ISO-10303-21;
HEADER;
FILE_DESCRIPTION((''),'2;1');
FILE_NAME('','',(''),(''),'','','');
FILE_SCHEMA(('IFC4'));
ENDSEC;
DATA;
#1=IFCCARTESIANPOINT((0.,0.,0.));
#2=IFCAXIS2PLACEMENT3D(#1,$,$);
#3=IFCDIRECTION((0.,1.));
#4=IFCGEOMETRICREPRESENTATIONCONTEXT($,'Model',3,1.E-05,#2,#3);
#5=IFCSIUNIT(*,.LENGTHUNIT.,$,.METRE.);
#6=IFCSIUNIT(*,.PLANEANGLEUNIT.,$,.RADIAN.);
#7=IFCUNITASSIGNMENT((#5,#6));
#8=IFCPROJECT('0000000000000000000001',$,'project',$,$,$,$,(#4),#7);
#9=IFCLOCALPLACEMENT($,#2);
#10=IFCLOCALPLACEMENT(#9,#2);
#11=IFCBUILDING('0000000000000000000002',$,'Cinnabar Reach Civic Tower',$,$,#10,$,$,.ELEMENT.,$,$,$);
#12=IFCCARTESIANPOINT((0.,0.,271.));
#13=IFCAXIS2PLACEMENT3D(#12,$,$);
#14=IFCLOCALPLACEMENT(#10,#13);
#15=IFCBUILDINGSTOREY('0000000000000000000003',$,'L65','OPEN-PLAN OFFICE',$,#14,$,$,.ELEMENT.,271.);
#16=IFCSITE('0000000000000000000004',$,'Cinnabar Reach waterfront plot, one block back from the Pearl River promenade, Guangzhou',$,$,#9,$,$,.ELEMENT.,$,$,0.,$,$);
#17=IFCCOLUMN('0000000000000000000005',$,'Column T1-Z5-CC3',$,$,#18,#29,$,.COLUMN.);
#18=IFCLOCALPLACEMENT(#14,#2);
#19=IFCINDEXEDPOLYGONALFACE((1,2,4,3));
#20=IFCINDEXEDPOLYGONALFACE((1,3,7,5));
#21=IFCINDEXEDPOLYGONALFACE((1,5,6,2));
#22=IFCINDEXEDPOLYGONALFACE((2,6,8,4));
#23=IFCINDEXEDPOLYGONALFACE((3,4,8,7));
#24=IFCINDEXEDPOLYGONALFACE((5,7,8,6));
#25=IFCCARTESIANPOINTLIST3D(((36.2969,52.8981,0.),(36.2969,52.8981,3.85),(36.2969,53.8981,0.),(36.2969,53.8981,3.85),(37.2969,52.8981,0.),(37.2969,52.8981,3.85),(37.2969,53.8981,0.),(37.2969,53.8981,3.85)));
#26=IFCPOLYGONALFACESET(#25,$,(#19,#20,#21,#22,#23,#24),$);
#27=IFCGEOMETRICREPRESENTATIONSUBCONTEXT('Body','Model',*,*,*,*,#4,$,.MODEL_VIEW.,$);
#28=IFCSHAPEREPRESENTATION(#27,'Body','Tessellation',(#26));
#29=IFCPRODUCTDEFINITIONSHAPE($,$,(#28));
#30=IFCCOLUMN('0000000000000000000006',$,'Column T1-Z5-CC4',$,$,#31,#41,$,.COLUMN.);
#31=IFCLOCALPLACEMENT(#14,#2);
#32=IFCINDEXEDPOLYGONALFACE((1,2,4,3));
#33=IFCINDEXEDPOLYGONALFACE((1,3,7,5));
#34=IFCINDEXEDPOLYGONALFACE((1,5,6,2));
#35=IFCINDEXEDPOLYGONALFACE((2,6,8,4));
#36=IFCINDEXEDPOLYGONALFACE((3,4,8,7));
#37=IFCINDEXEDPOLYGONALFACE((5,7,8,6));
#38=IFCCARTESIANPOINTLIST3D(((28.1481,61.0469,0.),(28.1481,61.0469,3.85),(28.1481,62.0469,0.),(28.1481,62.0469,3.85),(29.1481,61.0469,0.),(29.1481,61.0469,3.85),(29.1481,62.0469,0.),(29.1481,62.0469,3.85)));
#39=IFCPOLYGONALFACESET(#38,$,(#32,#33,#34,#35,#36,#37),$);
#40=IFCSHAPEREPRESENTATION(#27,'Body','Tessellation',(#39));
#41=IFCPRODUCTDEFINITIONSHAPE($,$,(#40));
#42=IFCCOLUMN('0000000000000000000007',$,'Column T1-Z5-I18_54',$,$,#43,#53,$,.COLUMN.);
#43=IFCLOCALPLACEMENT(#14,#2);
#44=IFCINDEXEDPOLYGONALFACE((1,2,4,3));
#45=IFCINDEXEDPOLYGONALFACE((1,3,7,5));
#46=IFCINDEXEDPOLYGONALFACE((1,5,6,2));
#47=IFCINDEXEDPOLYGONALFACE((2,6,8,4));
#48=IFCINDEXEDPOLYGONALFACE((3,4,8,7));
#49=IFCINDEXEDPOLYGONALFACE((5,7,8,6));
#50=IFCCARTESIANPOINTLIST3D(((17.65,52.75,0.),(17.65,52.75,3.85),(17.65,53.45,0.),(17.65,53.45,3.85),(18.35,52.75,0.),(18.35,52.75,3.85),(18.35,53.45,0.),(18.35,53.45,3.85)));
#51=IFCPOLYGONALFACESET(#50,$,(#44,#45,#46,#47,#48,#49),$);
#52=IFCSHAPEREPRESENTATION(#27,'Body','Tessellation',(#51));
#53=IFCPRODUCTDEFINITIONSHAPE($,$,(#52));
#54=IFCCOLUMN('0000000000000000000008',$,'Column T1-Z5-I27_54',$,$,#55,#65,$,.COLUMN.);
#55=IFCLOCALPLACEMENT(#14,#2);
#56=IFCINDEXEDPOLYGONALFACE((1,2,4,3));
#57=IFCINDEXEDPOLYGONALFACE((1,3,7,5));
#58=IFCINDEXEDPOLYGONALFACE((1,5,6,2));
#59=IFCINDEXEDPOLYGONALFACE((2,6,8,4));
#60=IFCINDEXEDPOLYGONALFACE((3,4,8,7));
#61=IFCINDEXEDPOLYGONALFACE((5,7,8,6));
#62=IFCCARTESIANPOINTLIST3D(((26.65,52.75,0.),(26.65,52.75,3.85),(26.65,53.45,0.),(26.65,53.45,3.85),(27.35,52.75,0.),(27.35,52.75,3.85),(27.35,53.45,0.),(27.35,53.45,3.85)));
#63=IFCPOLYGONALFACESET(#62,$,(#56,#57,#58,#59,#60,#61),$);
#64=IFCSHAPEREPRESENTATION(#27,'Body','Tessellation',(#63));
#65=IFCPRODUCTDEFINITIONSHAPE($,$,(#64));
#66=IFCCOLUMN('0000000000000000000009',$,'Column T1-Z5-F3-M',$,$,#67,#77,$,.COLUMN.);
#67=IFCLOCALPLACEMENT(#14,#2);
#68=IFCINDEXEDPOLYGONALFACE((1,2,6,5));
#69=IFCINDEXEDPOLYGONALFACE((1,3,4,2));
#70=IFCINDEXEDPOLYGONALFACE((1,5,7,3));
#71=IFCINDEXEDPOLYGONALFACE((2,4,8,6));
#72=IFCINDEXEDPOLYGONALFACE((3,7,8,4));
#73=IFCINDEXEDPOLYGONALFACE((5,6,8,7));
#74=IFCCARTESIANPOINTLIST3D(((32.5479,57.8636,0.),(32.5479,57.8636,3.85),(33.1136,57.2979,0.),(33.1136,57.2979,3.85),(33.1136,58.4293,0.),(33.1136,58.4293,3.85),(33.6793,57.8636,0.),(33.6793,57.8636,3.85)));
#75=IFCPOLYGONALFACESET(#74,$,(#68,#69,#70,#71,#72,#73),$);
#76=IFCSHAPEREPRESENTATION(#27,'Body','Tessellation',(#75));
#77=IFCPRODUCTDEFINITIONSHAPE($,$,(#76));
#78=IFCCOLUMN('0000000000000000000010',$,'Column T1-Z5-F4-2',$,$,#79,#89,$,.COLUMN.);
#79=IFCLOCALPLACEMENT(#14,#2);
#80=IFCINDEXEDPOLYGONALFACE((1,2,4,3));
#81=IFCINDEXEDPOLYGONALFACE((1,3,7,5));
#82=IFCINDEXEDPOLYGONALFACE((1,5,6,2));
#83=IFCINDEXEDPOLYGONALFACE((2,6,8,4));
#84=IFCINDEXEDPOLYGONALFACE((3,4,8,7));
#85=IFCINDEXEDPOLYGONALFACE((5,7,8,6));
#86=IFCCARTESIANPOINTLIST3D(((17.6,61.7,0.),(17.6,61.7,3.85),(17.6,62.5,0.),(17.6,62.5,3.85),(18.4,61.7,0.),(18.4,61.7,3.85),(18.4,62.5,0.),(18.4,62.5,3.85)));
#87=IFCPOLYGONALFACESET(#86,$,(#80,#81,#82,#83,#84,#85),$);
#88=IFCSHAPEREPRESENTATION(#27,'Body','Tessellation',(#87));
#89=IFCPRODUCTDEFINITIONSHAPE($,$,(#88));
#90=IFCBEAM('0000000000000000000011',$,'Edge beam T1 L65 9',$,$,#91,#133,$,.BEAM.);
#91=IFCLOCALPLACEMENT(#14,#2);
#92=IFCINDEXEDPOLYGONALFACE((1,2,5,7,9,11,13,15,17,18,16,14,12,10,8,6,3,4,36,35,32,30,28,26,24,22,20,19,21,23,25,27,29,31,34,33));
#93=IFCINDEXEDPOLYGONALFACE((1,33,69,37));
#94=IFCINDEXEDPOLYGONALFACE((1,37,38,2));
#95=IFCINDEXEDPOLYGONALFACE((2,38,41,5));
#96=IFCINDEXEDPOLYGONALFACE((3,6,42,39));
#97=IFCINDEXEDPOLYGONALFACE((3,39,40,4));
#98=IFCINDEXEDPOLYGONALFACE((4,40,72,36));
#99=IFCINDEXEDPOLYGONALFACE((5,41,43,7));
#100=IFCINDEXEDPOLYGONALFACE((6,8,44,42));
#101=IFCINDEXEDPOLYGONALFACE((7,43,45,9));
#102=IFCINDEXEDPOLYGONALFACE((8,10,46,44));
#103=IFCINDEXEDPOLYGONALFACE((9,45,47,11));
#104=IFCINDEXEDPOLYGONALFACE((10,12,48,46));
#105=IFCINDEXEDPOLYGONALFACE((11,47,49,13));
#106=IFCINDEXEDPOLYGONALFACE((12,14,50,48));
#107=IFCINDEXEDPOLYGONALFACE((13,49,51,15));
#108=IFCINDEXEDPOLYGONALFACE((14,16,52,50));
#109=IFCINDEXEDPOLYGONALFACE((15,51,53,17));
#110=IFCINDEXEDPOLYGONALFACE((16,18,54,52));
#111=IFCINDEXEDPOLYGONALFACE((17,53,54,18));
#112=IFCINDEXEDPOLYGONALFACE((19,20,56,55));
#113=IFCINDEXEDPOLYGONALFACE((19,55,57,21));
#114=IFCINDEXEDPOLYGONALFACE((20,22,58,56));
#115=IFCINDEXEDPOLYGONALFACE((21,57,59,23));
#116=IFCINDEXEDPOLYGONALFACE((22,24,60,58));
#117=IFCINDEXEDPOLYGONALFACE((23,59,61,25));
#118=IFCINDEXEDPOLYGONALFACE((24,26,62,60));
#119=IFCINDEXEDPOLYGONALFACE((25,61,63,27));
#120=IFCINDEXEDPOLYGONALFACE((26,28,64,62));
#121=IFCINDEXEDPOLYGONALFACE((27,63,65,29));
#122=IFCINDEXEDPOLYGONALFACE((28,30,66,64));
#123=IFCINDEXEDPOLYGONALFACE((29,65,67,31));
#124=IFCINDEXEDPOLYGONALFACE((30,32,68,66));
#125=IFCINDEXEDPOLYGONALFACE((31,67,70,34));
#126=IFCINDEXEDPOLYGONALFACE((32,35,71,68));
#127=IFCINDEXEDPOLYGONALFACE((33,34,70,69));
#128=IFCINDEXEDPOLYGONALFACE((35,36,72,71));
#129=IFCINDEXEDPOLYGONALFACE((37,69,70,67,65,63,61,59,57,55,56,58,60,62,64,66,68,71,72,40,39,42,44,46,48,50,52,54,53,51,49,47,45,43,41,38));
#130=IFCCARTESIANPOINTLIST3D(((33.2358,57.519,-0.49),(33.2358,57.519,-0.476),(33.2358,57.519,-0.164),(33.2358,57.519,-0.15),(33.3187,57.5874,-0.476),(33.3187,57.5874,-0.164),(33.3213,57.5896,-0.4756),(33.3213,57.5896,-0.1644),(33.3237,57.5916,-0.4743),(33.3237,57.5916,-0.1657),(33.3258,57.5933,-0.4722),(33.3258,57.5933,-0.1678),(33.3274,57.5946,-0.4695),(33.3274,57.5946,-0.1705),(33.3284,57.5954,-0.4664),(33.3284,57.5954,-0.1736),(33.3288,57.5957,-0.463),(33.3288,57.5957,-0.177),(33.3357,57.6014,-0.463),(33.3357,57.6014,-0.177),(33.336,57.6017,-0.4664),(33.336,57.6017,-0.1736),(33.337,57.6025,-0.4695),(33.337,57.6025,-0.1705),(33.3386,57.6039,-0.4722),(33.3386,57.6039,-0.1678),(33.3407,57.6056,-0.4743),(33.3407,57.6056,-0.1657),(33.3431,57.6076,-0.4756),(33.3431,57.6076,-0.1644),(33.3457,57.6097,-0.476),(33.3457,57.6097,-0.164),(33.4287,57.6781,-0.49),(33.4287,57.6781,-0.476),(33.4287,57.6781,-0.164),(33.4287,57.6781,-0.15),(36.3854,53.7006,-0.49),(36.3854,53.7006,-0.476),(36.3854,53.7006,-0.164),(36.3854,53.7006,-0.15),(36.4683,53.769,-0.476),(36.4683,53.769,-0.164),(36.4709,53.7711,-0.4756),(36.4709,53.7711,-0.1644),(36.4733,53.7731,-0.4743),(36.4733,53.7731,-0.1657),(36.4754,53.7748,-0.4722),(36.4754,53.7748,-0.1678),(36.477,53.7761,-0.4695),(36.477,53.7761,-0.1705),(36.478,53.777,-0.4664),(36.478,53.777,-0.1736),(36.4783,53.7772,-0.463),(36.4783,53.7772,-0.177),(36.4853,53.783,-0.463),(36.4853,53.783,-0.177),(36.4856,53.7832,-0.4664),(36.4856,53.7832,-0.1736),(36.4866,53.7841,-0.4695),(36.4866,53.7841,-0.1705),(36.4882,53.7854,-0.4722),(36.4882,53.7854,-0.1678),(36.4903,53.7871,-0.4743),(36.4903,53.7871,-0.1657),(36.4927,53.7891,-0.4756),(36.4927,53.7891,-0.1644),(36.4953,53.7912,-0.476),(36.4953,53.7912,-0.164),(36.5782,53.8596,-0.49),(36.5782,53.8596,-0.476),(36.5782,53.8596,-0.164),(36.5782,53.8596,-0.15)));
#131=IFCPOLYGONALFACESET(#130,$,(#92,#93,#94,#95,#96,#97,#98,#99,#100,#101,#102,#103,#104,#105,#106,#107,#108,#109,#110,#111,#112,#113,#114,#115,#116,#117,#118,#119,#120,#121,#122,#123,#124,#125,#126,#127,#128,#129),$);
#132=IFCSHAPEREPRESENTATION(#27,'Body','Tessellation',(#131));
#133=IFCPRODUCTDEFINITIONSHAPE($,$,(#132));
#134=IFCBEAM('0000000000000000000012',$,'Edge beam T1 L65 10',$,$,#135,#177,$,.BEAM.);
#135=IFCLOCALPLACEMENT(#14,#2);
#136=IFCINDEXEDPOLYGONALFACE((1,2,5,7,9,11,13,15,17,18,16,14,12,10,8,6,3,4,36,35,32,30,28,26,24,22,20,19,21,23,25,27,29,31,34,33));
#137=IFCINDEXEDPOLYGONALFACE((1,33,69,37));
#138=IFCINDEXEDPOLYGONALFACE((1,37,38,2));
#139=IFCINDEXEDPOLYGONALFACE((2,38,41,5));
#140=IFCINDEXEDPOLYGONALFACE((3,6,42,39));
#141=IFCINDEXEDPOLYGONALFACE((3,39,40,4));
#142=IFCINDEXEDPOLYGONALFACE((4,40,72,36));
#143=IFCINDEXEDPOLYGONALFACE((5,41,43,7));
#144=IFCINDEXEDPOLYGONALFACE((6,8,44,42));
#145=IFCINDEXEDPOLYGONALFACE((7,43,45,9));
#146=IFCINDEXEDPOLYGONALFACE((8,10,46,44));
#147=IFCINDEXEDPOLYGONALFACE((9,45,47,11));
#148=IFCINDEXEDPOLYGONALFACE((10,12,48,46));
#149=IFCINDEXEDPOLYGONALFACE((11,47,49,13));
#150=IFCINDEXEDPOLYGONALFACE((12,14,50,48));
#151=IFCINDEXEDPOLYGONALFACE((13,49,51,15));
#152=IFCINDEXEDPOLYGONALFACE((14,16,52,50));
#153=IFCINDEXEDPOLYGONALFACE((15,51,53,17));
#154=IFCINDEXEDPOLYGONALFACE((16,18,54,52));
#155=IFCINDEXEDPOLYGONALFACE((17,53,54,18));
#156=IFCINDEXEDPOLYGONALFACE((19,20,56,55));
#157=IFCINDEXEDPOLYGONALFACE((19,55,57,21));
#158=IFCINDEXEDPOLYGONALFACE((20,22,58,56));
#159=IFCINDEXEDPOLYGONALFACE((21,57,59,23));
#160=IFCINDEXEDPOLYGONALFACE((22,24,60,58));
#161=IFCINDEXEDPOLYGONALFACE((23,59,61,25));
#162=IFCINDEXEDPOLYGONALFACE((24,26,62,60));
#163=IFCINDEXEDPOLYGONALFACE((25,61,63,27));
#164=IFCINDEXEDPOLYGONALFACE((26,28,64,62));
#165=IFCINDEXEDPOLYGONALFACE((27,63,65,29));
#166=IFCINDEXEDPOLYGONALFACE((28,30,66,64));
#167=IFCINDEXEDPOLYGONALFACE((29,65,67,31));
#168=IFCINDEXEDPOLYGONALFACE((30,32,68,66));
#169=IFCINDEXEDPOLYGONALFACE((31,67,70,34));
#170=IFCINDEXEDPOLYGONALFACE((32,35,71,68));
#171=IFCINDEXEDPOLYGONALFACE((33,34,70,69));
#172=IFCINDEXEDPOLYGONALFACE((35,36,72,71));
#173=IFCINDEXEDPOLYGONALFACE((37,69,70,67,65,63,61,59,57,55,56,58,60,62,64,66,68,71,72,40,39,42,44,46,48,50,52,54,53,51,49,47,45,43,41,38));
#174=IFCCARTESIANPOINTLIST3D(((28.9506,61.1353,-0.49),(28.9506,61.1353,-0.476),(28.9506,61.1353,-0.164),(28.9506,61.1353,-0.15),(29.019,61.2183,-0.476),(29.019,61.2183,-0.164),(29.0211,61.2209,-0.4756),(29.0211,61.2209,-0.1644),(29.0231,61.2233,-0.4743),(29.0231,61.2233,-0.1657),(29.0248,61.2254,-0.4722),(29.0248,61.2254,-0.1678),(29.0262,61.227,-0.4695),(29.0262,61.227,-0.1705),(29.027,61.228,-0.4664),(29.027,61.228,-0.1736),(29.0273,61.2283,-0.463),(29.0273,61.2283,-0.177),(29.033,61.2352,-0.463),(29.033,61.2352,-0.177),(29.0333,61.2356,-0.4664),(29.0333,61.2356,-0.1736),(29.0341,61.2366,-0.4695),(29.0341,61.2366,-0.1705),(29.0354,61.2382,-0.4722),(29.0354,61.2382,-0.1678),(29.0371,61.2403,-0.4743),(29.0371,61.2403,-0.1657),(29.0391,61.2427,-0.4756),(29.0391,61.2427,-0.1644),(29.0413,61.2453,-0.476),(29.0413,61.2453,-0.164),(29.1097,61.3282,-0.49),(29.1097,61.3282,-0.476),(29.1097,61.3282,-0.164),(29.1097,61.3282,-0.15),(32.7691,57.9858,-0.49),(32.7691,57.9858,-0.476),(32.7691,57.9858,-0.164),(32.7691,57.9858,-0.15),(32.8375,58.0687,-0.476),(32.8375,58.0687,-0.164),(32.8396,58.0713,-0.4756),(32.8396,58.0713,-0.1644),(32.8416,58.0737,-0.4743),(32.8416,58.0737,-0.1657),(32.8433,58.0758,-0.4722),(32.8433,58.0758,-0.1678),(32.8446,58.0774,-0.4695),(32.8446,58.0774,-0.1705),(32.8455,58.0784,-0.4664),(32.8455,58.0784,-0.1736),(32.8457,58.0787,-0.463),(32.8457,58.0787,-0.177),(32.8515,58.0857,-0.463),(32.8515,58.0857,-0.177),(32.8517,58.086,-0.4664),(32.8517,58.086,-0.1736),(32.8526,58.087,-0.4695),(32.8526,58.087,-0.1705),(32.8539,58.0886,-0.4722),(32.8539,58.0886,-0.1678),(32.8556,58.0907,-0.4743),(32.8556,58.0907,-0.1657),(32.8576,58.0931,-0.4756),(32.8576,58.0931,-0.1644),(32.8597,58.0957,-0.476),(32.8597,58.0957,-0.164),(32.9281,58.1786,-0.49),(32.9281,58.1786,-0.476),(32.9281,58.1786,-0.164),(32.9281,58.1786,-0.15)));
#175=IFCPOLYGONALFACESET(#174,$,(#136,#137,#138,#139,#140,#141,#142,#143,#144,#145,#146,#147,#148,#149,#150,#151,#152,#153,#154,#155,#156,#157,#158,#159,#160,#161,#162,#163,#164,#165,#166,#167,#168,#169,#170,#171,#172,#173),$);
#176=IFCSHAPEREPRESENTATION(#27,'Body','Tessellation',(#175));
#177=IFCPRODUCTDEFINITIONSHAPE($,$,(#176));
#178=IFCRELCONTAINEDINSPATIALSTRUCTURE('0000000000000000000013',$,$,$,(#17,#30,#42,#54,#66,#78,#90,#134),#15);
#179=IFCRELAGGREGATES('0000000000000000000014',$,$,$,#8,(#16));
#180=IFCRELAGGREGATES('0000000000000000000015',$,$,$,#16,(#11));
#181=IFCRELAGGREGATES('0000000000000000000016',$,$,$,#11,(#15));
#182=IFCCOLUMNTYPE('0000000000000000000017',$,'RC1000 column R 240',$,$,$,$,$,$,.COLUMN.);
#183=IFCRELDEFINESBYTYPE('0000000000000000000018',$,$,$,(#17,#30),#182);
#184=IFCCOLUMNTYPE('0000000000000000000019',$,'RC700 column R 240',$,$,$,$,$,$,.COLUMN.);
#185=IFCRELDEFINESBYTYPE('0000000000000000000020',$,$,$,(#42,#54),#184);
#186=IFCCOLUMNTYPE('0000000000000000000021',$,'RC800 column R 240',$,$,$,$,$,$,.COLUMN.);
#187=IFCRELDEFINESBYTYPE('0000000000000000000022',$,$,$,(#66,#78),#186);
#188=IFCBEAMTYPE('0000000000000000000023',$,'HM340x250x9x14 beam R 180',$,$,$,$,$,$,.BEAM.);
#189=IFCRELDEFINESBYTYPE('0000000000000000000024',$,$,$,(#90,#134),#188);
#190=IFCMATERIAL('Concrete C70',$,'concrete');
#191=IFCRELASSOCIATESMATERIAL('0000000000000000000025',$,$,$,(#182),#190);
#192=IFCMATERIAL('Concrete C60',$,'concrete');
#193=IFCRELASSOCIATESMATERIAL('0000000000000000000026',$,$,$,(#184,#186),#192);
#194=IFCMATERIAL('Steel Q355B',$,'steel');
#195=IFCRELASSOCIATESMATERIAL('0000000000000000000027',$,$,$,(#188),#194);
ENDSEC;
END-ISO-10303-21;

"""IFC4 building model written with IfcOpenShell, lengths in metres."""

from ifc_helpers import new_model, si_unit, direction, frame, origin, origin_2d, place, context, subcontext, project, spatial, rectangle, i_section, extrude, material, material_profile, profile_set, type_object, element, save


model = new_model("IFC4")

# Units and contexts
model_context = context("Model", 3, precision=1e-05, world=origin(), true_north=direction((0.0, 1.0)))
body_context = subcontext(model_context, "Body", "Model", "MODEL_VIEW")
ifc_project = project(units=[si_unit("LENGTHUNIT", "METRE"), si_unit("PLANEANGLEUNIT", "RADIAN")], contexts=[model_context])

# Site, building, storey
site_placement = place(None, origin())
site = spatial("IfcSite", under=ifc_project, at=site_placement, Name="Cinnabar Reach waterfront plot, one block back from the Pearl River promenade, Guangzhou", CompositionType="ELEMENT", RefElevation=0.0)
building_placement = place(site_placement, origin())
building = spatial("IfcBuilding", under=site, at=building_placement, Name="Cinnabar Reach Civic Tower", CompositionType="ELEMENT")
storey_placement = place(building_placement, frame((0.0, 0.0, 271.0)))
storey = spatial("IfcBuildingStorey", under=building, at=storey_placement, Name="L65", Description="OPEN-PLAN OFFICE", CompositionType="ELEMENT", Elevation=271.0)

# Columns
ifc_material_1 = material(Name="Concrete C70", Category="concrete")
ifc_material_profile_1 = material_profile(ifc_material_1, rectangle(XDim=1.0, YDim=1.0, at=origin_2d()), Name="RC1000")
ifc_profile_set_1 = profile_set([ifc_material_profile_1], Name="Concrete C70")
column_type_1 = type_object("IfcColumnType", Name="RC1000 column R 240", PredefinedType="COLUMN", material=ifc_profile_set_1)
for number, where, z_axis, x_axis, name in (
    (1, (36.7969, 53.3981, 0.0), (0.0, 0.0, 1.0), (1.0, 0.0, 0.0), "Column T1-Z5-CC3"),
    (2, (28.6481, 61.5469, 0.0), (0.0, 0.0, 1.0), (1.0, 0.0, 0.0), "Column T1-Z5-CC4"),
):
    element("IfcColumn", number, at=place(storey_placement, frame(where, z_axis=z_axis, x_axis=x_axis)), inside=storey, type_object=column_type_1, Name=name, PredefinedType="COLUMN", context=body_context, shape_type="SweptSolid", body=[
        extrude(rectangle(XDim=1.0, YDim=1.0, at=origin_2d()), origin(), (0.0, 0.0, 1.0), 3.85),
    ])
ifc_material_2 = material(Name="Concrete C60", Category="concrete")
ifc_material_profile_2 = material_profile(ifc_material_2, rectangle(XDim=0.7, YDim=0.7, at=origin_2d()), Name="RC700")
ifc_profile_set_2 = profile_set([ifc_material_profile_2], Name="Concrete C60")
column_type_2 = type_object("IfcColumnType", Name="RC700 column R 240", PredefinedType="COLUMN", material=ifc_profile_set_2)
for number, where, z_axis, x_axis, name in (
    (3, (18.0, 53.1, 0.0), (0.0, 0.0, 1.0), (1.0, 0.0, 0.0), "Column T1-Z5-I18_54"),
    (4, (27.0, 53.1, 0.0), (0.0, 0.0, 1.0), (1.0, 0.0, 0.0), "Column T1-Z5-I27_54"),
):
    element("IfcColumn", number, at=place(storey_placement, frame(where, z_axis=z_axis, x_axis=x_axis)), inside=storey, type_object=column_type_2, Name=name, PredefinedType="COLUMN", context=body_context, shape_type="SweptSolid", body=[
        extrude(rectangle(XDim=0.7, YDim=0.7, at=origin_2d()), origin(), (0.0, 0.0, 1.0), 3.85),
    ])
ifc_material_profile_3 = material_profile(ifc_material_2, rectangle(XDim=0.8, YDim=0.8, at=origin_2d()), Name="RC800")
ifc_profile_set_3 = profile_set([ifc_material_profile_3], Name="Concrete C60")
column_type_3 = type_object("IfcColumnType", Name="RC800 column R 240", PredefinedType="COLUMN", material=ifc_profile_set_3)
for number, where, z_axis, x_axis, name in (
    (5, (33.1136, 57.8636, 0.0), (0.0, 0.0, 1.0), (0.707107, 0.707107, 0.0), "Column T1-Z5-F3-M"),
    (6, (18.0, 62.1, 0.0), (0.0, 0.0, 1.0), (1.0, 0.0, 0.0), "Column T1-Z5-F4-2"),
):
    element("IfcColumn", number, at=place(storey_placement, frame(where, z_axis=z_axis, x_axis=x_axis)), inside=storey, type_object=column_type_3, Name=name, PredefinedType="COLUMN", context=body_context, shape_type="SweptSolid", body=[
        extrude(rectangle(XDim=0.8, YDim=0.8, at=origin_2d()), origin(), (0.0, 0.0, 1.0), 3.85),
    ])

# Beams
ifc_material_3 = material(Name="Steel Q355B", Category="steel")
ifc_material_profile_4 = material_profile(ifc_material_3, i_section(OverallWidth=0.25, OverallDepth=0.34, WebThickness=0.009, FlangeThickness=0.014, FilletRadius=0.013, at=origin_2d()), Name="HM340x250x9x14")
ifc_profile_set_4 = profile_set([ifc_material_profile_4], Name="Steel Q355B")
beam_type_1 = type_object("IfcBeamType", Name="HM340x250x9x14 beam R 180", PredefinedType="BEAM", material=ifc_profile_set_4)
for number, where, z_axis, x_axis, name in (
    (7, (36.4818, 53.7801, -0.32), (-0.636303, 0.771439, 0.0), (-0.771439, -0.636303, 0.0), "Edge beam T1 L65 9"),
    (8, (32.8486, 58.0822, -0.32), (-0.771439, 0.636303, 0.0), (-0.636303, -0.771439, 0.0), "Edge beam T1 L65 10"),
):
    element("IfcBeam", number, at=place(storey_placement, frame(where, z_axis=z_axis, x_axis=x_axis)), inside=storey, type_object=beam_type_1, Name=name, PredefinedType="BEAM", context=body_context, shape_type="SweptSolid", body=[
        extrude(i_section(OverallWidth=0.25, OverallDepth=0.34, WebThickness=0.009, FlangeThickness=0.014, FilletRadius=0.013, at=origin_2d()), origin(), (0.0, 0.0, 1.0), 4.9498),
    ])

save(model, "model.ifc")
